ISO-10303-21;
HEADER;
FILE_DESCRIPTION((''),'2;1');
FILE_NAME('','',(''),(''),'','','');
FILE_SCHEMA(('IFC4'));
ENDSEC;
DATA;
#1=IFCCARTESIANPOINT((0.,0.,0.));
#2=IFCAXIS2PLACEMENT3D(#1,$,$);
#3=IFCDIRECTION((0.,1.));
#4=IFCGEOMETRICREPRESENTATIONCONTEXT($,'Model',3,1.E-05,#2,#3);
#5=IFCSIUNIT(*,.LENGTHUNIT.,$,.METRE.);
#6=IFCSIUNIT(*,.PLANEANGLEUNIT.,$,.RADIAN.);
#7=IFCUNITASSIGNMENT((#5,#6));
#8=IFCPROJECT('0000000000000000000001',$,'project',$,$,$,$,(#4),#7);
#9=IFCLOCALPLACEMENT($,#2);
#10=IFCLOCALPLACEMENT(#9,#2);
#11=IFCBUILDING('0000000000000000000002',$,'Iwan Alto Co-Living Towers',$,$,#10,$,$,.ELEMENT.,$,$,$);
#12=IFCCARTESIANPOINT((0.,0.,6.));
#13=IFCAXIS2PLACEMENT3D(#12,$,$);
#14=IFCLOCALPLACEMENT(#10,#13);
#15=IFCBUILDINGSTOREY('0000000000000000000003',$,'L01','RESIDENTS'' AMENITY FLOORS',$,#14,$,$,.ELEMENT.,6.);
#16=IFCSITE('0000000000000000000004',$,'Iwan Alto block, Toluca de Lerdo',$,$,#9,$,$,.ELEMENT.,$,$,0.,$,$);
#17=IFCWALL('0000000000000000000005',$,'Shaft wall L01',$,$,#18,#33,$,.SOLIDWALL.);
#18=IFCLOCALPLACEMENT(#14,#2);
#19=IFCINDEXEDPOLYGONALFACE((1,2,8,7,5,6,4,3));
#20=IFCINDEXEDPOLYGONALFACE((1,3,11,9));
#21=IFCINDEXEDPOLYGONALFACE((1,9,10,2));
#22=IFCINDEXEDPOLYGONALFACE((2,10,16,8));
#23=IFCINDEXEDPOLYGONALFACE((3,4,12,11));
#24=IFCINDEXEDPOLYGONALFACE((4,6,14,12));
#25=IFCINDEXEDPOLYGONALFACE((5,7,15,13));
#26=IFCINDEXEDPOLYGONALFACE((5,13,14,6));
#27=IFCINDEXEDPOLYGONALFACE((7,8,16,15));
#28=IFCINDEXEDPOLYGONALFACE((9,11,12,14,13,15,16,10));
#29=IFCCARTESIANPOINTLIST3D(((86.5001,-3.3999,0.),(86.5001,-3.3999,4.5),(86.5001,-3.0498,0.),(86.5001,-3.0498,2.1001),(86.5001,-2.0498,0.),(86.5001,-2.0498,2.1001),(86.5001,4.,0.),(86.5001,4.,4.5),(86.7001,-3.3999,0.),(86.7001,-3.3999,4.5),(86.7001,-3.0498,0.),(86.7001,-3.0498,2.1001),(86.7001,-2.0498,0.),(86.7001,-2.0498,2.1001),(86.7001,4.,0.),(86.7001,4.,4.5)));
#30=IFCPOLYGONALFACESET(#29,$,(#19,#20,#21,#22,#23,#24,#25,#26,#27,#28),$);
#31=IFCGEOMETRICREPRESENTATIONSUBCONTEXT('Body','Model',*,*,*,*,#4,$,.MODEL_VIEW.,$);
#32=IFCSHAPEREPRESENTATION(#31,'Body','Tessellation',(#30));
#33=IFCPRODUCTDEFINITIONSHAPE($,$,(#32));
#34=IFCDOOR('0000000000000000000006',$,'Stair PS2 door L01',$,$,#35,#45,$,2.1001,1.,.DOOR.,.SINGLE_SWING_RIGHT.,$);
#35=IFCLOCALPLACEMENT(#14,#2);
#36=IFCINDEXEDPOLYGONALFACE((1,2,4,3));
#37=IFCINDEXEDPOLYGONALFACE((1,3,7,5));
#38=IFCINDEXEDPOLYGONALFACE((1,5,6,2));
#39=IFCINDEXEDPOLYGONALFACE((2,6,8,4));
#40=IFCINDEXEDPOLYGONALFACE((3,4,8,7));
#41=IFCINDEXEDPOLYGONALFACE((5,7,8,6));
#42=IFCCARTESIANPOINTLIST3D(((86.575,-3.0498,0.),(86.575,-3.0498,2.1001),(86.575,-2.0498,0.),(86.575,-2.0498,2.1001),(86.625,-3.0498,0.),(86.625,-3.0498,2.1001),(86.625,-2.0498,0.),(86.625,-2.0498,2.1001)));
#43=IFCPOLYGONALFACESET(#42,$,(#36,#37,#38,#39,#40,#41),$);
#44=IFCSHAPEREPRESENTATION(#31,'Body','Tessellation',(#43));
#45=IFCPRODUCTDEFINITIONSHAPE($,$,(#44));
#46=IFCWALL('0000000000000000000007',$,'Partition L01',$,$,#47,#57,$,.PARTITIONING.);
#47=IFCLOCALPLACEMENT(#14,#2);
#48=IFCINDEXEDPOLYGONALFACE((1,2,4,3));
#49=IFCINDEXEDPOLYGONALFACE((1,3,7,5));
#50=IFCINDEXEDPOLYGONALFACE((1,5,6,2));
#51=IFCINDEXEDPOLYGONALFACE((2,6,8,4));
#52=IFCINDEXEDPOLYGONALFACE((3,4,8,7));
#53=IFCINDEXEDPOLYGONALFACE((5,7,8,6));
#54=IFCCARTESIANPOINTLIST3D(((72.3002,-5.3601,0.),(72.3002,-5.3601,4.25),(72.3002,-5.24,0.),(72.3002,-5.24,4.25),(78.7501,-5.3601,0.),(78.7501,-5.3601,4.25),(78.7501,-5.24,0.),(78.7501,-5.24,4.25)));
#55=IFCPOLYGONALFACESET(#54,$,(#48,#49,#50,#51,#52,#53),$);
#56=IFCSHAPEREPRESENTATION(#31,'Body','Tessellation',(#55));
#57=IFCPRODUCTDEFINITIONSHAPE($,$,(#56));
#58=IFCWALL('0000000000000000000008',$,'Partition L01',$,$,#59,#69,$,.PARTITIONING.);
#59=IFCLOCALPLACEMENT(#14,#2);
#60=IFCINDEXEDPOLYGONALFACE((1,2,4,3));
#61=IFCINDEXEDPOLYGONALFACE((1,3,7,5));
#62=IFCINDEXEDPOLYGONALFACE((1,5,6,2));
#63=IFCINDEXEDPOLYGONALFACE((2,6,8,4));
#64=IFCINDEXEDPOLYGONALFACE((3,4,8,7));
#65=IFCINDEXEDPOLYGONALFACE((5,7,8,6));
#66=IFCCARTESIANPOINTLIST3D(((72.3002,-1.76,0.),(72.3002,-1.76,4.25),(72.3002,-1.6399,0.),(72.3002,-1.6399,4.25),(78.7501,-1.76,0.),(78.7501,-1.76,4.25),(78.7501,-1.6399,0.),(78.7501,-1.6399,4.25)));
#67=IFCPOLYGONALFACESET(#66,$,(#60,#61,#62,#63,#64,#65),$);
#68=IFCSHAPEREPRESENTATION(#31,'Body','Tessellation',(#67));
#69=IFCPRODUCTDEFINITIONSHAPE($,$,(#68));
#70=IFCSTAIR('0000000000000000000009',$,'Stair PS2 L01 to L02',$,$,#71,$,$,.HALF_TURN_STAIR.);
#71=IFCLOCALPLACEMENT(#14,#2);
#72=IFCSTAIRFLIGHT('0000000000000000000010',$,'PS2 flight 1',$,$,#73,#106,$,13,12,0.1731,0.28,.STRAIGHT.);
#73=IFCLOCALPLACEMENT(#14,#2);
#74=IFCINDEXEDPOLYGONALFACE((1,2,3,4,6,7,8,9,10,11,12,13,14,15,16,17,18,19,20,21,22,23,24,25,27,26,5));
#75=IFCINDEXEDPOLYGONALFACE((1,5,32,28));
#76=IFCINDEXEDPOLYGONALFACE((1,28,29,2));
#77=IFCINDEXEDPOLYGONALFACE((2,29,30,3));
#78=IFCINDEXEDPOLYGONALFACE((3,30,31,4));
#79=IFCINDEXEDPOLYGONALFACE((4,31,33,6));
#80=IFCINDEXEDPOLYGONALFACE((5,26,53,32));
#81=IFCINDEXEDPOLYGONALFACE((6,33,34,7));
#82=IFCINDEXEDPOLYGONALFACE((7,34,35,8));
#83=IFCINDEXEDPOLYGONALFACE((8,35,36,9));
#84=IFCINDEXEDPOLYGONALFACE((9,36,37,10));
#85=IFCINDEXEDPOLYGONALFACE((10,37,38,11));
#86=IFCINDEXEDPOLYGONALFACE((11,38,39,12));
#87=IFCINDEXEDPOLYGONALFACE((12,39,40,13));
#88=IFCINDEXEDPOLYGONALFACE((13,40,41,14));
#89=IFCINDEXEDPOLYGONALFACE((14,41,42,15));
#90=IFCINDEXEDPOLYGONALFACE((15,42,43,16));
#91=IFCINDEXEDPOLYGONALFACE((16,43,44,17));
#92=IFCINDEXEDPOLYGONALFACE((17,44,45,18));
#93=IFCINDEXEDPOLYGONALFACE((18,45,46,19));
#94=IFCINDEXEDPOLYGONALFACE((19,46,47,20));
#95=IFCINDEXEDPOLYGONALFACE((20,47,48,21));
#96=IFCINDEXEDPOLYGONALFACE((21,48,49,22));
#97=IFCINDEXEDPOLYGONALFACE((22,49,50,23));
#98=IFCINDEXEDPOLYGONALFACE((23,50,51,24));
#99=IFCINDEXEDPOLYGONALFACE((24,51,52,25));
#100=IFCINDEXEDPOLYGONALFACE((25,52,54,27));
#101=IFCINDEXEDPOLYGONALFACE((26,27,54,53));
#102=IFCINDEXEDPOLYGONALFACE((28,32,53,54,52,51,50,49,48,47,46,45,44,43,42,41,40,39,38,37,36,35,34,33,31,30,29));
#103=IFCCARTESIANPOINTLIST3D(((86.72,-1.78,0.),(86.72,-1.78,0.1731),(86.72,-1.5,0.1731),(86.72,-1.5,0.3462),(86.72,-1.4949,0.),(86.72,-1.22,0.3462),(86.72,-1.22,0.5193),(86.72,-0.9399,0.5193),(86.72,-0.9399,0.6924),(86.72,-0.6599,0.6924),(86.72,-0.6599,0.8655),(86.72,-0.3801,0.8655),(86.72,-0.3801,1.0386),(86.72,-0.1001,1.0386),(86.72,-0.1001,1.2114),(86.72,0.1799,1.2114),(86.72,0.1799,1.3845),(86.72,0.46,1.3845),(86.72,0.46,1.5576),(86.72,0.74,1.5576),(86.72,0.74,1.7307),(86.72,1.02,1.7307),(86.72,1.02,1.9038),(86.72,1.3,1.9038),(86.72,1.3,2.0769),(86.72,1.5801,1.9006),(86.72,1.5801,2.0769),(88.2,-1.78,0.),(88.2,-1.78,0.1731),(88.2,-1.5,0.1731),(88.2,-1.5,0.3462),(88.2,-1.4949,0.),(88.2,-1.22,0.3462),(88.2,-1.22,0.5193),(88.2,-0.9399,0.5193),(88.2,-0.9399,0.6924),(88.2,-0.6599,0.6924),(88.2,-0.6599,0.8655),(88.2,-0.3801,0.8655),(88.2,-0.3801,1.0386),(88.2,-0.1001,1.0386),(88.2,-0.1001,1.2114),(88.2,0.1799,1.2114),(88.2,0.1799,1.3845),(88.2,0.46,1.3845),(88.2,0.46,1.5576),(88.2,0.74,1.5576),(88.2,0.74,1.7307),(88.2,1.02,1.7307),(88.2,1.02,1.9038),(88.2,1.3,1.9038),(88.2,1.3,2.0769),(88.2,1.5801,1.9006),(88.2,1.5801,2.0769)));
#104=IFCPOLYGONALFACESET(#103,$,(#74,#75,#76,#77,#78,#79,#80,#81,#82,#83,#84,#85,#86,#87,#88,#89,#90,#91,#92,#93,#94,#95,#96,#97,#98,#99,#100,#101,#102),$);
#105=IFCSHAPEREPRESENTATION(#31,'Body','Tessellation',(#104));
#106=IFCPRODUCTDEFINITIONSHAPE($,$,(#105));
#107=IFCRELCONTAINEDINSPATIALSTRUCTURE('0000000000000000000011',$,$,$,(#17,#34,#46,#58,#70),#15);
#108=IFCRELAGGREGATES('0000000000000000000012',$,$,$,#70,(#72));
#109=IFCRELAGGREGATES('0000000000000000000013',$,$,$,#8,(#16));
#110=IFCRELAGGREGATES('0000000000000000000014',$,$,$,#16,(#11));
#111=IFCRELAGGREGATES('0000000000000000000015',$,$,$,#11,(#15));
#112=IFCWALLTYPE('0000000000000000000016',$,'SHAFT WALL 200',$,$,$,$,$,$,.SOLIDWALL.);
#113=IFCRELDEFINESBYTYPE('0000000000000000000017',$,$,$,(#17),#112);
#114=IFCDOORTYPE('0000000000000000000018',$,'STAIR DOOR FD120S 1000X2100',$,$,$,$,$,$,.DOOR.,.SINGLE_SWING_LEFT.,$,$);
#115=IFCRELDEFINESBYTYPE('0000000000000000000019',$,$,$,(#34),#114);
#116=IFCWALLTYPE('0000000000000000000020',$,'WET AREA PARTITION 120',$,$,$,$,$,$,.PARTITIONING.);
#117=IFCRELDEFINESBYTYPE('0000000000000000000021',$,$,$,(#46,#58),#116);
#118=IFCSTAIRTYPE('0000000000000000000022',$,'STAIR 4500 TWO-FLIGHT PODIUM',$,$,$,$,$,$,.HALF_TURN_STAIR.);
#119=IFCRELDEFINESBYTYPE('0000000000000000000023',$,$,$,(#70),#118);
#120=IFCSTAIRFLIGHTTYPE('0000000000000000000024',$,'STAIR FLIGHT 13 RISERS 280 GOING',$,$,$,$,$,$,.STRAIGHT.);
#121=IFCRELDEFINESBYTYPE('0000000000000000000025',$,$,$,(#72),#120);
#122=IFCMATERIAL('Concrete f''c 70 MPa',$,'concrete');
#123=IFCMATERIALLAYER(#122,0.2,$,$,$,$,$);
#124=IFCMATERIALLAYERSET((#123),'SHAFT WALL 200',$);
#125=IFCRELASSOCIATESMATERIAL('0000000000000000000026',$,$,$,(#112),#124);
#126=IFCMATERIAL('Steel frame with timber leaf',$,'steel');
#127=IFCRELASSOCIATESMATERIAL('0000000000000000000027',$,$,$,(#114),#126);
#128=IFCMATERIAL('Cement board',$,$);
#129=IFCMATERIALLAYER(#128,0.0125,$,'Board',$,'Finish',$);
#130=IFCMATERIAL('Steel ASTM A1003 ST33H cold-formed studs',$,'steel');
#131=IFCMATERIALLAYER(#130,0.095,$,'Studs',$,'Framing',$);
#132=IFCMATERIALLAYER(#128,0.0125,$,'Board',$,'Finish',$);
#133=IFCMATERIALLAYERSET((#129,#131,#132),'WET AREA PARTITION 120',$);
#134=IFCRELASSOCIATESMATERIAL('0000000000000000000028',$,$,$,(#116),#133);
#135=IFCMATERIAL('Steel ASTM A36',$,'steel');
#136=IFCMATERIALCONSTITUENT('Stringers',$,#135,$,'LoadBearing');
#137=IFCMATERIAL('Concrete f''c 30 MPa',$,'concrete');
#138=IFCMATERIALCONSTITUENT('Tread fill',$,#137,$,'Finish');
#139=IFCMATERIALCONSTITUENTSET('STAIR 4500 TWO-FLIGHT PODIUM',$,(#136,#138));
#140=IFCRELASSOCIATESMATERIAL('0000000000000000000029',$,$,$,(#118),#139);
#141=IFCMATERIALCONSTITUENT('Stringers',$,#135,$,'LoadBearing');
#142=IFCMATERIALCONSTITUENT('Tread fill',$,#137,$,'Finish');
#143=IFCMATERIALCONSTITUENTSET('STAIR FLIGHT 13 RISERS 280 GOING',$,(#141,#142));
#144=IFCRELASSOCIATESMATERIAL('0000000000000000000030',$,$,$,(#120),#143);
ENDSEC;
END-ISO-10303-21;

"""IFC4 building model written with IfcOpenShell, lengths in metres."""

from ifc_helpers import new_model, si_unit, direction, frame, frame_2d, origin, place, context, subcontext, project, spatial, polyline, rectangle, outline, extrude, material, layer, layer_set, constituent, constituent_set, type_object, element, fill, aggregate, save


model = new_model("IFC4")

# Units and contexts
model_context = context("Model", 3, precision=1e-05, world=origin(), true_north=direction((0.0, 1.0)))
body_context = subcontext(model_context, "Body", "Model", "MODEL_VIEW")
ifc_project = project(units=[si_unit("LENGTHUNIT", "METRE"), si_unit("PLANEANGLEUNIT", "RADIAN")], contexts=[model_context])

# Site, building, storey
site_placement = place(None, origin())
site = spatial("IfcSite", under=ifc_project, at=site_placement, Name="Iwan Alto block, Toluca de Lerdo", CompositionType="ELEMENT", RefElevation=0.0)
building_placement = place(site_placement, origin())
building = spatial("IfcBuilding", under=site, at=building_placement, Name="Iwan Alto Co-Living Towers", CompositionType="ELEMENT")
storey_placement = place(building_placement, frame((0.0, 0.0, 6.0)))
storey = spatial("IfcBuildingStorey", under=building, at=storey_placement, Name="L01", Description="RESIDENTS' AMENITY FLOORS", CompositionType="ELEMENT", Elevation=6.0)

# Shared definitions
ifc_material_1 = material(Name="Concrete f'c 70 MPa", Category="concrete")
ifc_layer_1 = layer(ifc_material_1, 0.2)
ifc_layer_set_1 = layer_set([ifc_layer_1], Name="SHAFT WALL 200")
wall_type_1 = type_object("IfcWallType", Name="SHAFT WALL 200", PredefinedType="SOLIDWALL", material=ifc_layer_set_1)

# Wall, opening, door
wall_1_placement = place(storey_placement, frame((86.6001, -3.3999, 0.0), z_axis=(0.0, 0.0, 1.0), x_axis=(0.0, 1.0, 0.0)))
wall_1 = element("IfcWall", 1, at=wall_1_placement, inside=storey, type_object=wall_type_1, Name="Shaft wall L01", PredefinedType="SOLIDWALL", context=body_context, shape_type="SweptSolid", body=[
    extrude(rectangle(XDim=7.3999, YDim=0.2, at=frame_2d((3.7, 0.0))), origin(), (0.0, 0.0, 1.0), 4.5),
])
opening_placement = place(wall_1_placement, frame((0.3501, 0.0, 0.0)))
opening = element("IfcOpeningElement", 2, at=opening_placement, cuts=wall_1, PredefinedType="OPENING", context=body_context, shape_type="SweptSolid", body=[
    extrude(rectangle(XDim=1.0, YDim=2.1001, at=frame_2d((0.5, 1.05))), frame((0.0, 0.1099, 0.0), z_axis=(0.0, -1.0, 0.0), x_axis=(1.0, 0.0, 0.0)), (0.0, 0.0, 1.0), 0.22),
])
ifc_material_2 = material(Name="Steel frame with timber leaf", Category="steel")
door_type = type_object("IfcDoorType", Name="STAIR DOOR FD120S 1000X2100", OperationType="SINGLE_SWING_LEFT", PredefinedType="DOOR", material=ifc_material_2)
door_placement = place(opening_placement, frame((1.0, 0.0, 0.0), z_axis=(0.0, 0.0, 1.0), x_axis=(-1.0, 0.0, 0.0)))
door = element("IfcDoor", 3, at=door_placement, inside=storey, type_object=door_type, Name="Stair PS2 door L01", OperationType="SINGLE_SWING_RIGHT", OverallHeight=2.1001, OverallWidth=1.0, PredefinedType="DOOR", context=body_context, shape_type="SweptSolid", body=[
    extrude(rectangle(XDim=1.0, YDim=2.1001, at=frame_2d((0.5, 1.05))), frame((0.0, 0.0249, 0.0), z_axis=(0.0, -1.0, 0.0), x_axis=(1.0, 0.0, 0.0)), (0.0, 0.0, 1.0), 0.05),
])
fill(opening, door)

# Walls
ifc_material_3 = material(Name="Cement board")
ifc_layer_2 = layer(ifc_material_3, 0.0125, Name="Board", Category="Finish")
ifc_material_4 = material(Name="Steel ASTM A1003 ST33H cold-formed studs", Category="steel")
ifc_layer_3 = layer(ifc_material_4, 0.095, Name="Studs", Category="Framing")
ifc_layer_4 = layer(ifc_material_3, 0.0125, Name="Board", Category="Finish")
ifc_layer_set_2 = layer_set([ifc_layer_2, ifc_layer_3, ifc_layer_4], Name="WET AREA PARTITION 120")
wall_type_2 = type_object("IfcWallType", Name="WET AREA PARTITION 120", PredefinedType="PARTITIONING", material=ifc_layer_set_2)
for number, where, z_axis, x_axis, name in (
    (4, (72.3, -5.3, 0.0), (0.0, 0.0, 1.0), (1.0, 0.0, 0.0), "Partition L01"),
    (5, (72.3, -1.7, 0.0), (0.0, 0.0, 1.0), (1.0, 0.0, 0.0), "Partition L01"),
):
    element("IfcWall", number, at=place(storey_placement, frame(where, z_axis=z_axis, x_axis=x_axis)), inside=storey, type_object=wall_type_2, Name=name, PredefinedType="PARTITIONING", context=body_context, shape_type="SweptSolid", body=[
        extrude(rectangle(XDim=6.45, YDim=0.1201, at=frame_2d((3.2251, 0.0))), origin(), (0.0, 0.0, 1.0), 4.25),
    ])

# Stair, stair flight
ifc_material_5 = material(Name="Steel ASTM A36", Category="steel")
ifc_constituent_1 = constituent(ifc_material_5, Name="Stringers", Category="LoadBearing")
ifc_material_6 = material(Name="Concrete f'c 30 MPa", Category="concrete")
ifc_constituent_2 = constituent(ifc_material_6, Name="Tread fill", Category="Finish")
ifc_constituent_set_1 = constituent_set(constituents=[ifc_constituent_1, ifc_constituent_2], Name="STAIR 4500 TWO-FLIGHT PODIUM")
stair_type = type_object("IfcStairType", Name="STAIR 4500 TWO-FLIGHT PODIUM", PredefinedType="HALF_TURN_STAIR", material=ifc_constituent_set_1)
stair_placement = place(storey_placement, origin())
stair = element("IfcStair", 6, at=stair_placement, inside=storey, type_object=stair_type, Name="Stair PS2 L01 to L02", PredefinedType="HALF_TURN_STAIR")
ifc_constituent_3 = constituent(ifc_material_5, Name="Stringers", Category="LoadBearing")
ifc_constituent_4 = constituent(ifc_material_6, Name="Tread fill", Category="Finish")
ifc_constituent_set_2 = constituent_set(constituents=[ifc_constituent_3, ifc_constituent_4], Name="STAIR FLIGHT 13 RISERS 280 GOING")
stair_flight_type = type_object("IfcStairFlightType", Name="STAIR FLIGHT 13 RISERS 280 GOING", PredefinedType="STRAIGHT", material=ifc_constituent_set_2)
stair_flight_placement = place(storey_placement, frame((87.46, -1.78, 0.0), z_axis=(0.0, 0.0, 1.0), x_axis=(0.0, 1.0, 0.0)))
stair_flight = element("IfcStairFlight", 7, at=stair_flight_placement, type_object=stair_flight_type, Name="PS2 flight 1", NumberOfRisers=13, NumberOfTreads=12, PredefinedType="STRAIGHT", RiserHeight=0.1731, TreadLength=0.28, context=body_context, shape_type="SweptSolid", body=[
    extrude(outline(polyline([(0.0, 0.0), (0.0, 0.1731), (0.28, 0.1731), (0.28, 0.3462), (0.5601, 0.3462), (0.5601, 0.5193), (0.8401, 0.5193), (0.8401, 0.6924), (1.1201, 0.6924), (1.1201, 0.8655), (1.3999, 0.8655), (1.3999, 1.0386), (1.6799, 1.0386), (1.6799, 1.2114), (1.96, 1.2114), (1.96, 1.3845), (2.24, 1.3845), (2.24, 1.5576), (2.52, 1.5576), (2.52, 1.7307), (2.8, 1.7307), (2.8, 1.9038), (3.0801, 1.9038), (3.0801, 2.0769), (3.3601, 2.0769), (3.3601, 2.25), (3.3601, 1.9006), (0.2852, 0.0), (0.0, 0.0)])), frame((0.0, 0.74, 0.0), z_axis=(0.0, -1.0, 0.0), x_axis=(1.0, 0.0, 0.0)), (0.0, 0.0, 1.0), 1.48),
])
aggregate(stair, [stair_flight])

save(model, "model.ifc")
